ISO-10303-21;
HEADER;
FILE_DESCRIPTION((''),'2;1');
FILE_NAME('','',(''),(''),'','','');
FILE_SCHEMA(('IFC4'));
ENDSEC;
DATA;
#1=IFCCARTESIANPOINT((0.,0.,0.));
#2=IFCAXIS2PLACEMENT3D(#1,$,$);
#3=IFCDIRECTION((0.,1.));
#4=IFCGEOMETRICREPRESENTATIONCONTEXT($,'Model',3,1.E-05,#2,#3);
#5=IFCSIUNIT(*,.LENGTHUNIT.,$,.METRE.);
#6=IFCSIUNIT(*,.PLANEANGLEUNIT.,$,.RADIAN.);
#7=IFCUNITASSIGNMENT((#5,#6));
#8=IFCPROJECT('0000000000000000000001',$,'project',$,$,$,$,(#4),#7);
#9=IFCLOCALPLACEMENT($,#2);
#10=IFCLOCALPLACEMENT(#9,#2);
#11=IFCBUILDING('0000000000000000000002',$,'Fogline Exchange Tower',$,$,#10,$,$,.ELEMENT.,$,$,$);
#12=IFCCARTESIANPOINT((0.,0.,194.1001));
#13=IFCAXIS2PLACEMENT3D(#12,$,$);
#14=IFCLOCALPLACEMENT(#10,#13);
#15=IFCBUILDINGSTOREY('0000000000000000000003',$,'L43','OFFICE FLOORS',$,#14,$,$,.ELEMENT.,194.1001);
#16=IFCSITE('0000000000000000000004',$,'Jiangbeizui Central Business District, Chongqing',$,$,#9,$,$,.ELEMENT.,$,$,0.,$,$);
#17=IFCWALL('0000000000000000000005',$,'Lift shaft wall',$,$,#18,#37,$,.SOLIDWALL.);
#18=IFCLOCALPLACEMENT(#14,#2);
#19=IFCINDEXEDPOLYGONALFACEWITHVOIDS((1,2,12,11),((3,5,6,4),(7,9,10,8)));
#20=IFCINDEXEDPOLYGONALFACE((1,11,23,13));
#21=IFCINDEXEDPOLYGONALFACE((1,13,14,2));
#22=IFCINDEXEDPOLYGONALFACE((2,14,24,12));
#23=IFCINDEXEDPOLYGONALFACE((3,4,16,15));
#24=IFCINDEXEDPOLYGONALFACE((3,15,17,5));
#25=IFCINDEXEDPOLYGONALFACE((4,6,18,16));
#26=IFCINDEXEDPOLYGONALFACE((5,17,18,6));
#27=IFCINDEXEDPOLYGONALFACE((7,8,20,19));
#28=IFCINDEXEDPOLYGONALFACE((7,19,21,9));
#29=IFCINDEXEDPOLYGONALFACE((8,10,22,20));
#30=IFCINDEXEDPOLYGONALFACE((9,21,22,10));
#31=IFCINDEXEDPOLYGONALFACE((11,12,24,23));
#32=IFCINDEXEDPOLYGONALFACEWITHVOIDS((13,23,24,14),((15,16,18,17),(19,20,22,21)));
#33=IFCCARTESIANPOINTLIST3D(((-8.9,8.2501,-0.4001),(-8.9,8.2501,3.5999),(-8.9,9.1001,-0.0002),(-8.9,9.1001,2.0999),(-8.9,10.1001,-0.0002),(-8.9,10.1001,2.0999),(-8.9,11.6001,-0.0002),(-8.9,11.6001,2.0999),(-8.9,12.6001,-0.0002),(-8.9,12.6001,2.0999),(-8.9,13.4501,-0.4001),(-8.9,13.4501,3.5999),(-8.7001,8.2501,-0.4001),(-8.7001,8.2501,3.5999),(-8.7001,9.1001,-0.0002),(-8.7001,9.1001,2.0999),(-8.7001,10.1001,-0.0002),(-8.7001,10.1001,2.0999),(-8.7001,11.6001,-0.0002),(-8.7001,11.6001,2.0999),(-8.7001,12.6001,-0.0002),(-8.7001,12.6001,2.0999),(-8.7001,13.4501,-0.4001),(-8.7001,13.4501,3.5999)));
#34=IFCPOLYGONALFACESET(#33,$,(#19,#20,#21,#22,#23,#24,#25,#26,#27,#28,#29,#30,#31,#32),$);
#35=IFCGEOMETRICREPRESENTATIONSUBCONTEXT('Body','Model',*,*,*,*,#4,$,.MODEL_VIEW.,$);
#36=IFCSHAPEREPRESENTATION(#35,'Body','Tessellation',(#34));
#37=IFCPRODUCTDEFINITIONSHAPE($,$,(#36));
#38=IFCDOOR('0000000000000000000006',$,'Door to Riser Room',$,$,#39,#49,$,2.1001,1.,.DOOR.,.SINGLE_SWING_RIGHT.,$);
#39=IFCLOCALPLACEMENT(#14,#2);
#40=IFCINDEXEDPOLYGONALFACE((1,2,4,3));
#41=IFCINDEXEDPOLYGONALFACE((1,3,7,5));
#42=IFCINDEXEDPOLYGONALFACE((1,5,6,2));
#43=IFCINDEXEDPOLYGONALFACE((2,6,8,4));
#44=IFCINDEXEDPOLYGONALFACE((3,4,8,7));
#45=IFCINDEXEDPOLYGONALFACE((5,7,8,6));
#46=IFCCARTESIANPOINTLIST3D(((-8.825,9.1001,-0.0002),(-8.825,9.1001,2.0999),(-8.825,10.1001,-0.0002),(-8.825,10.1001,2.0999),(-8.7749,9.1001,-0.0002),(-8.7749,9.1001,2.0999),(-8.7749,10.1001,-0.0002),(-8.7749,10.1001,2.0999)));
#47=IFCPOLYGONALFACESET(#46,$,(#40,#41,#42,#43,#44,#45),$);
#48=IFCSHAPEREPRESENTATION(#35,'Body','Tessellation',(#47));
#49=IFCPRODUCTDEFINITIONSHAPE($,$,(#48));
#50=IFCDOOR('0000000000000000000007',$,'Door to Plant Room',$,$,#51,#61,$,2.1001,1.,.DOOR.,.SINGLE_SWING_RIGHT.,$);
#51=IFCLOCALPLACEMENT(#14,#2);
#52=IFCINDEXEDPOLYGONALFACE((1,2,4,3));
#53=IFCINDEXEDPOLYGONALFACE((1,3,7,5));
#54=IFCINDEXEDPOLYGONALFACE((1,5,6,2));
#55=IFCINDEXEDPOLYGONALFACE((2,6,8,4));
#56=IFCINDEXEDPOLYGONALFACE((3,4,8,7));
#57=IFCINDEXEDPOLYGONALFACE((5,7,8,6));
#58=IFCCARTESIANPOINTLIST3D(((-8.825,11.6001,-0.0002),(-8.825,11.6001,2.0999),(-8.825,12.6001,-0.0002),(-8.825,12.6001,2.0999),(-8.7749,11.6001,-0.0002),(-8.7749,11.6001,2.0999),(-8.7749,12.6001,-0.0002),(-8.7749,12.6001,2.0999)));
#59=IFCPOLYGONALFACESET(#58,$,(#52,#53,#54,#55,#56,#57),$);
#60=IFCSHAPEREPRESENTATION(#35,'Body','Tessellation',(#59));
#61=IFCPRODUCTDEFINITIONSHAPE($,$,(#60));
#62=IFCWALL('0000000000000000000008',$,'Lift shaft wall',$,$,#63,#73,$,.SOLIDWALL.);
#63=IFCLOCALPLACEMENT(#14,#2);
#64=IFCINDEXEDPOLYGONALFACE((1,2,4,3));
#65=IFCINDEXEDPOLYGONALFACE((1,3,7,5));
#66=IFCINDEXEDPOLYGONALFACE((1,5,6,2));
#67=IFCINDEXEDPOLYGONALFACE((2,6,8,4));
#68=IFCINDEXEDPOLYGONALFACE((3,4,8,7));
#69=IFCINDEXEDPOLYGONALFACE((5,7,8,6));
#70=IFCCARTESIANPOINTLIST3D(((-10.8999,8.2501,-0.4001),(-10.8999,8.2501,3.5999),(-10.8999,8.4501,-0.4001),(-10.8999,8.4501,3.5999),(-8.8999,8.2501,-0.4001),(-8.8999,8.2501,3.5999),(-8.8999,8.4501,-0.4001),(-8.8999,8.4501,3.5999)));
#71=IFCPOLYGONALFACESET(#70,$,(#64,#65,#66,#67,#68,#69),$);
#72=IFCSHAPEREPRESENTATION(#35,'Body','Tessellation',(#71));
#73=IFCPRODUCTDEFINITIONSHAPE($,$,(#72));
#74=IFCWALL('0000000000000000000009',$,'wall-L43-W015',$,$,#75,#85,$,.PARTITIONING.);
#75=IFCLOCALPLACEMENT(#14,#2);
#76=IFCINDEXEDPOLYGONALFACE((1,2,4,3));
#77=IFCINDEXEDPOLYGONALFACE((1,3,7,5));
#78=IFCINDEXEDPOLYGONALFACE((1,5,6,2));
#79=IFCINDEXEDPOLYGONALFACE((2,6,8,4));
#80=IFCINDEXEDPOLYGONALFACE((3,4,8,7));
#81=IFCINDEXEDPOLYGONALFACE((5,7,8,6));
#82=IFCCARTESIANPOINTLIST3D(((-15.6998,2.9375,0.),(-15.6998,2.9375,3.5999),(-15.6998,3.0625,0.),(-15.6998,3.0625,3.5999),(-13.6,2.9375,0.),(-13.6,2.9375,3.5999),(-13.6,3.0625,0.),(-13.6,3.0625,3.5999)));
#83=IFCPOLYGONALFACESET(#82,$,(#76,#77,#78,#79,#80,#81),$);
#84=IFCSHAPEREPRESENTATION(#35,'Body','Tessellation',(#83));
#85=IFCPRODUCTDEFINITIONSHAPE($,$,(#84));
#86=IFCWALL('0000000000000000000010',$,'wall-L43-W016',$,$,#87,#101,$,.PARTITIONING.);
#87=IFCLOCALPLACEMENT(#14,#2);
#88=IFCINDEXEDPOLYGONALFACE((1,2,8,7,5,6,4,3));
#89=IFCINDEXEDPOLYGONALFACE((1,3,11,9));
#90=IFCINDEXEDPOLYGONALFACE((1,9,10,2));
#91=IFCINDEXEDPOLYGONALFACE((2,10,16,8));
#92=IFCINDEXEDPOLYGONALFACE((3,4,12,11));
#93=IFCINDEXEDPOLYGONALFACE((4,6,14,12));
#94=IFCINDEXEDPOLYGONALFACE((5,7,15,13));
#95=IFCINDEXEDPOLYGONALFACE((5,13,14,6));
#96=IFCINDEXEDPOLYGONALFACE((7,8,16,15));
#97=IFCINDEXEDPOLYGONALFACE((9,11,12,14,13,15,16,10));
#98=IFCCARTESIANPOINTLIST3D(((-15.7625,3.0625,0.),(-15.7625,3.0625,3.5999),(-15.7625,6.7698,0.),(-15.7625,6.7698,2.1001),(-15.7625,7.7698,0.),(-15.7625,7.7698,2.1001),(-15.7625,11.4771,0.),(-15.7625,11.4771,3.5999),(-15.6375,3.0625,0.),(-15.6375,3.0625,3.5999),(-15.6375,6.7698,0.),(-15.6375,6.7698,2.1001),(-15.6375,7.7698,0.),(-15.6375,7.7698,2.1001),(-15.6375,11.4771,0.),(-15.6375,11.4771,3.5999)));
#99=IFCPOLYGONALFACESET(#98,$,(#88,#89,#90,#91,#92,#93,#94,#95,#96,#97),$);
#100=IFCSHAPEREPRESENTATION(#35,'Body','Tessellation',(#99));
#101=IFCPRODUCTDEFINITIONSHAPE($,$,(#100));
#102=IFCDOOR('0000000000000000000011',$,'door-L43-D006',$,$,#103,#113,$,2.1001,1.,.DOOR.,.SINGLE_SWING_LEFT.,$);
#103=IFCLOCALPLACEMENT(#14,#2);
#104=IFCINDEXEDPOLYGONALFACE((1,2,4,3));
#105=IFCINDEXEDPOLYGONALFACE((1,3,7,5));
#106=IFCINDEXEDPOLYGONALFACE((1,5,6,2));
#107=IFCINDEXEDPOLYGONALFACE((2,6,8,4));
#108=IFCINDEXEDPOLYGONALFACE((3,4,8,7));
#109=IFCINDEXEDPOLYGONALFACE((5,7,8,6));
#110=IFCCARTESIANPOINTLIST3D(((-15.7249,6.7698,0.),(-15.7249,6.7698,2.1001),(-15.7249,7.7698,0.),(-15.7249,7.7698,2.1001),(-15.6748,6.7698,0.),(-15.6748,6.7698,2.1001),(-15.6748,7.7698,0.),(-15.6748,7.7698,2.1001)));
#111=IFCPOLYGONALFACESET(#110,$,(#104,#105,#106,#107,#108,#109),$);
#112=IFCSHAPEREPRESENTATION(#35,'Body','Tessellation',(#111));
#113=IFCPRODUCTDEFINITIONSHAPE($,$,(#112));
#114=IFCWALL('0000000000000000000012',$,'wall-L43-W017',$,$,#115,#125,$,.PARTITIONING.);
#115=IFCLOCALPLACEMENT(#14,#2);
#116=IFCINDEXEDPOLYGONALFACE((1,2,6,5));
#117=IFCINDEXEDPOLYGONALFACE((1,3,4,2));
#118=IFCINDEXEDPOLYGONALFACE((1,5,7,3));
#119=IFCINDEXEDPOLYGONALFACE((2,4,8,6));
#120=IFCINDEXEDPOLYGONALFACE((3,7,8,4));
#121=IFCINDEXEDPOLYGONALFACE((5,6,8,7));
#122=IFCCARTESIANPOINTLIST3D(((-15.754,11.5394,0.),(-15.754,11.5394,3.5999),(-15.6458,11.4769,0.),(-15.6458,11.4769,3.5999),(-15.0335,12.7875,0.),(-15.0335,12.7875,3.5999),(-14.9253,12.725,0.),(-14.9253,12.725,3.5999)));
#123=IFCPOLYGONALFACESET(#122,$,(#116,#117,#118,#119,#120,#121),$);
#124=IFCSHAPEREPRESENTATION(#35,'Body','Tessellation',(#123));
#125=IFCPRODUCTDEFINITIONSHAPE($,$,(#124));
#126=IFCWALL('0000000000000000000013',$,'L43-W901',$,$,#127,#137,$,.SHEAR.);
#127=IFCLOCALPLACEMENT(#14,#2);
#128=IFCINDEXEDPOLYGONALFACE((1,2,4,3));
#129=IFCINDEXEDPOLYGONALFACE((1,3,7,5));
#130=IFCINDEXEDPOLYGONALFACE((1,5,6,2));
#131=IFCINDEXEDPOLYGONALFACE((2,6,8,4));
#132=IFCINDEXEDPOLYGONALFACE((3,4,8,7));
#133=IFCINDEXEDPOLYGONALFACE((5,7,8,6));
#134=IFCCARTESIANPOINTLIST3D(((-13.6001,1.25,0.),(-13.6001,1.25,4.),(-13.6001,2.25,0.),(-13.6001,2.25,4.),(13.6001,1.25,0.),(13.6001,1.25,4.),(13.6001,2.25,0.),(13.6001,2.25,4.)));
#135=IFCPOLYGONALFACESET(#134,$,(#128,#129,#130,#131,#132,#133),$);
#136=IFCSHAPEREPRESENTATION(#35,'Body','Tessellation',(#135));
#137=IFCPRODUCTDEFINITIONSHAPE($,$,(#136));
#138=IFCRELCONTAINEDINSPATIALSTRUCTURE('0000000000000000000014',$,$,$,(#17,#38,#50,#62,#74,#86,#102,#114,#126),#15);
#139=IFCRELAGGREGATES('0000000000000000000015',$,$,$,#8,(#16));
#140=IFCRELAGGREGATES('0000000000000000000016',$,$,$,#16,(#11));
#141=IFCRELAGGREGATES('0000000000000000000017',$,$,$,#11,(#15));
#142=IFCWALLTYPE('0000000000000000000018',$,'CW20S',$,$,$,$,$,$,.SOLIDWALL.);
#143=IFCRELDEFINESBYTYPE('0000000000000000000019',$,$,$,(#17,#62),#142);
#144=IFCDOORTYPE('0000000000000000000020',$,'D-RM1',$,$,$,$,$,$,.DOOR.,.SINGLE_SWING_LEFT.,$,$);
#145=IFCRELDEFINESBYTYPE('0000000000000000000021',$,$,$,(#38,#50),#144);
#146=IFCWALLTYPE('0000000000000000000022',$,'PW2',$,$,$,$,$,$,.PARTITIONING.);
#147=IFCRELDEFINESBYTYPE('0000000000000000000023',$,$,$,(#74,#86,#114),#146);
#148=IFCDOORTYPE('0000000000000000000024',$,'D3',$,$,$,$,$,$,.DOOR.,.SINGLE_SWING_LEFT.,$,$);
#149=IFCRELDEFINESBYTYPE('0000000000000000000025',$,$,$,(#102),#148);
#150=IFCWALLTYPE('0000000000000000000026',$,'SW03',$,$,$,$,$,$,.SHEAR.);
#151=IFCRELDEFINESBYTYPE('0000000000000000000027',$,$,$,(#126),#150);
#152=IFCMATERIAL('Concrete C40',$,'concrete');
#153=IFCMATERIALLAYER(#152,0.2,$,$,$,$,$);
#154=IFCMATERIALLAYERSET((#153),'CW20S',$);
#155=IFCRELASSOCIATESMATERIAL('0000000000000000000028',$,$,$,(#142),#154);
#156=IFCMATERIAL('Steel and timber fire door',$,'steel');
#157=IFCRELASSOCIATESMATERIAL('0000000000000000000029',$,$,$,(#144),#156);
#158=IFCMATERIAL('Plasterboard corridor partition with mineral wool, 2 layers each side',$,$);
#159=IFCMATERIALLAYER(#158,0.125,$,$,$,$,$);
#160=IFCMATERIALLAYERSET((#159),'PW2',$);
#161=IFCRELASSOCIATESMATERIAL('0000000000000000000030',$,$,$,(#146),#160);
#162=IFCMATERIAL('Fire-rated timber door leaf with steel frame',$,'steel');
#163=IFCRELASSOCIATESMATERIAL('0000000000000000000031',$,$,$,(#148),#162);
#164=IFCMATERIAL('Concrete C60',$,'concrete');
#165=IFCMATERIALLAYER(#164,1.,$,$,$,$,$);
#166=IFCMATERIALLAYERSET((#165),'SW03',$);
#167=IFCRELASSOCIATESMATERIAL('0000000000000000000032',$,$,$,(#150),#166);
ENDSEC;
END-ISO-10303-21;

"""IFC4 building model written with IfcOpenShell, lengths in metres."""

from ifc_helpers import new_model, si_unit, direction, frame, frame_2d, origin, place, context, subcontext, project, spatial, rectangle, extrude, material, layer, layer_set, type_object, element, fill, save


model = new_model("IFC4")

# Units and contexts
model_context = context("Model", 3, precision=1e-05, world=origin(), true_north=direction((0.0, 1.0)))
body_context = subcontext(model_context, "Body", "Model", "MODEL_VIEW")
ifc_project = project(units=[si_unit("LENGTHUNIT", "METRE"), si_unit("PLANEANGLEUNIT", "RADIAN")], contexts=[model_context])

# Site, building, storey
site_placement = place(None, origin())
site = spatial("IfcSite", under=ifc_project, at=site_placement, Name="Jiangbeizui Central Business District, Chongqing", CompositionType="ELEMENT", RefElevation=0.0)
building_placement = place(site_placement, origin())
building = spatial("IfcBuilding", under=site, at=building_placement, Name="Fogline Exchange Tower", CompositionType="ELEMENT")
storey_placement = place(building_placement, frame((0.0, 0.0, 194.1001)))
storey = spatial("IfcBuildingStorey", under=building, at=storey_placement, Name="L43", Description="OFFICE FLOORS", CompositionType="ELEMENT", Elevation=194.1001)

# Shared definitions
ifc_material_1 = material(Name="Concrete C40", Category="concrete")

# Shared definitions
ifc_material_2 = material(Name="Steel and timber fire door", Category="steel")

# Wall, openings, doors
ifc_layer_1 = layer(ifc_material_1, 0.2)
ifc_layer_set_1 = layer_set([ifc_layer_1], Name="CW20S")
wall_type_1 = type_object("IfcWallType", Name="CW20S", PredefinedType="SOLIDWALL", material=ifc_layer_set_1)
wall_1_placement = place(storey_placement, frame((-8.8, 8.25, -0.4001), z_axis=(0.0, 0.0, 1.0), x_axis=(0.0, 1.0, 0.0)))
wall_1 = element("IfcWall", 1, at=wall_1_placement, inside=storey, type_object=wall_type_1, Name="Lift shaft wall", PredefinedType="SOLIDWALL", context=body_context, shape_type="SweptSolid", body=[
    extrude(rectangle(XDim=5.2, YDim=0.2, at=frame_2d((2.6001, 0.0))), origin(), (0.0, 0.0, 1.0), 4.0),
])
opening_1_placement = place(wall_1_placement, frame((0.8501, 0.0, 0.3999)))
opening_1 = element("IfcOpeningElement", 2, at=opening_1_placement, cuts=wall_1, PredefinedType="OPENING", context=body_context, shape_type="SweptSolid", body=[
    extrude(rectangle(XDim=1.0, YDim=2.1001, at=frame_2d((0.5, 1.05))), frame((0.0, 0.1099, 0.0), z_axis=(0.0, -1.0, 0.0), x_axis=(1.0, 0.0, 0.0)), (0.0, 0.0, 1.0), 0.22),
])
opening_2_placement = place(wall_1_placement, frame((3.3501, 0.0, 0.3999)))
opening_2 = element("IfcOpeningElement", 3, at=opening_2_placement, cuts=wall_1, PredefinedType="OPENING", context=body_context, shape_type="SweptSolid", body=[
    extrude(rectangle(XDim=1.0, YDim=2.1001, at=frame_2d((0.5, 1.05))), frame((0.0, 0.1099, 0.0), z_axis=(0.0, -1.0, 0.0), x_axis=(1.0, 0.0, 0.0)), (0.0, 0.0, 1.0), 0.22),
])
door_type_1 = type_object("IfcDoorType", Name="D-RM1", OperationType="SINGLE_SWING_LEFT", PredefinedType="DOOR", material=ifc_material_2)
door_1_placement = place(opening_1_placement, origin())
door_1 = element("IfcDoor", 4, at=door_1_placement, inside=storey, type_object=door_type_1, Name="Door to Riser Room", OperationType="SINGLE_SWING_RIGHT", OverallHeight=2.1001, OverallWidth=1.0, PredefinedType="DOOR", context=body_context, shape_type="SweptSolid", body=[
    extrude(rectangle(XDim=1.0, YDim=2.1001, at=frame_2d((0.5, 1.05))), frame((0.0, 0.0249, 0.0), z_axis=(0.0, -1.0, 0.0), x_axis=(1.0, 0.0, 0.0)), (0.0, 0.0, 1.0), 0.05),
])
fill(opening_1, door_1)
door_2_placement = place(opening_2_placement, origin())
door_2 = element("IfcDoor", 5, at=door_2_placement, inside=storey, type_object=door_type_1, Name="Door to Plant Room", OperationType="SINGLE_SWING_RIGHT", OverallHeight=2.1001, OverallWidth=1.0, PredefinedType="DOOR", context=body_context, shape_type="SweptSolid", body=[
    extrude(rectangle(XDim=1.0, YDim=2.1001, at=frame_2d((0.5, 1.05))), frame((0.0, 0.0249, 0.0), z_axis=(0.0, -1.0, 0.0), x_axis=(1.0, 0.0, 0.0)), (0.0, 0.0, 1.0), 0.05),
])
fill(opening_2, door_2)

# Walls
wall_2_placement = place(storey_placement, frame((-10.8999, 8.3501, -0.4001), z_axis=(0.0, 0.0, 1.0), x_axis=(1.0, 0.0, 0.0)))
element("IfcWall", 6, at=wall_2_placement, inside=storey, type_object=wall_type_1, Name="Lift shaft wall", PredefinedType="SOLIDWALL", context=body_context, shape_type="SweptSolid", body=[
    extrude(rectangle(XDim=2.0, YDim=0.2, at=frame_2d((1.0, 0.0))), origin(), (0.0, 0.0, 1.0), 4.0),
])
ifc_material_3 = material(Name="Plasterboard corridor partition with mineral wool, 2 layers each side")
ifc_layer_2 = layer(ifc_material_3, 0.125)
ifc_layer_set_2 = layer_set([ifc_layer_2], Name="PW2")
wall_type_2 = type_object("IfcWallType", Name="PW2", PredefinedType="PARTITIONING", material=ifc_layer_set_2)
wall_3_placement = place(storey_placement, frame((-13.6001, 3.0, 0.0), z_axis=(0.0, 0.0, 1.0), x_axis=(-1.0, 0.0, 0.0)))
element("IfcWall", 7, at=wall_3_placement, inside=storey, type_object=wall_type_2, Name="wall-L43-W015", PredefinedType="PARTITIONING", context=body_context, shape_type="SweptSolid", body=[
    extrude(rectangle(XDim=2.0999, YDim=0.125, at=frame_2d((1.0498, 0.0))), origin(), (0.0, 0.0, 1.0), 3.5999),
])

# Wall, opening, door
wall_4_placement = place(storey_placement, frame((-15.7, 3.0625, 0.0), z_axis=(0.0, 0.0, 1.0), x_axis=(0.0, 1.0, 0.0)))
wall_4 = element("IfcWall", 8, at=wall_4_placement, inside=storey, type_object=wall_type_2, Name="wall-L43-W016", PredefinedType="PARTITIONING", context=body_context, shape_type="SweptSolid", body=[
    extrude(rectangle(XDim=8.4146, YDim=0.125, at=frame_2d((4.2073, 0.0))), origin(), (0.0, 0.0, 1.0), 3.5999),
])
opening_3_placement = place(wall_4_placement, frame((3.7073, 0.0, 0.0)))
opening_3 = element("IfcOpeningElement", 9, at=opening_3_placement, cuts=wall_4, PredefinedType="OPENING", context=body_context, shape_type="SweptSolid", body=[
    extrude(rectangle(XDim=1.0, YDim=2.1001, at=frame_2d((0.5, 1.05))), frame((0.0, 0.0725, 0.0), z_axis=(0.0, -1.0, 0.0), x_axis=(1.0, 0.0, 0.0)), (0.0, 0.0, 1.0), 0.145),
])
ifc_material_4 = material(Name="Fire-rated timber door leaf with steel frame", Category="steel")
door_type_2 = type_object("IfcDoorType", Name="D3", OperationType="SINGLE_SWING_LEFT", PredefinedType="DOOR", material=ifc_material_4)
door_3_placement = place(opening_3_placement, origin())
door_3 = element("IfcDoor", 10, at=door_3_placement, inside=storey, type_object=door_type_2, Name="door-L43-D006", OperationType="SINGLE_SWING_LEFT", OverallHeight=2.1001, OverallWidth=1.0, PredefinedType="DOOR", context=body_context, shape_type="SweptSolid", body=[
    extrude(rectangle(XDim=1.0, YDim=2.1001, at=frame_2d((0.5, 1.05))), frame((0.0, 0.0249, 0.0), z_axis=(0.0, -1.0, 0.0), x_axis=(1.0, 0.0, 0.0)), (0.0, 0.0, 1.0), 0.05),
])
fill(opening_3, door_3)

# Walls
wall_5_placement = place(storey_placement, frame((-15.7, 11.5081, 0.0), z_axis=(0.0, 0.0, 1.0), x_axis=(0.499947, 0.866056, 0.0)))
element("IfcWall", 11, at=wall_5_placement, inside=storey, type_object=wall_type_2, Name="wall-L43-W017", PredefinedType="PARTITIONING", context=body_context, shape_type="SweptSolid", body=[
    extrude(rectangle(XDim=1.4412, YDim=0.125, at=frame_2d((0.7207, 0.0))), origin(), (0.0, 0.0, 1.0), 3.5999),
])
ifc_material_5 = material(Name="Concrete C60", Category="concrete")
ifc_layer_3 = layer(ifc_material_5, 1.0)
ifc_layer_set_3 = layer_set([ifc_layer_3], Name="SW03")
wall_type_3 = type_object("IfcWallType", Name="SW03", PredefinedType="SHEAR", material=ifc_layer_set_3)
wall_6_placement = place(storey_placement, frame((-13.6001, 1.75, 0.0), z_axis=(0.0, 0.0, 1.0), x_axis=(1.0, 0.0, 0.0)))
element("IfcWall", 12, at=wall_6_placement, inside=storey, type_object=wall_type_3, Name="L43-W901", PredefinedType="SHEAR", context=body_context, shape_type="SweptSolid", body=[
    extrude(rectangle(XDim=27.2002, YDim=1.0, at=frame_2d((13.6001, 0.0))), origin(), (0.0, 0.0, 1.0), 4.0),
])

save(model, "model.ifc")
